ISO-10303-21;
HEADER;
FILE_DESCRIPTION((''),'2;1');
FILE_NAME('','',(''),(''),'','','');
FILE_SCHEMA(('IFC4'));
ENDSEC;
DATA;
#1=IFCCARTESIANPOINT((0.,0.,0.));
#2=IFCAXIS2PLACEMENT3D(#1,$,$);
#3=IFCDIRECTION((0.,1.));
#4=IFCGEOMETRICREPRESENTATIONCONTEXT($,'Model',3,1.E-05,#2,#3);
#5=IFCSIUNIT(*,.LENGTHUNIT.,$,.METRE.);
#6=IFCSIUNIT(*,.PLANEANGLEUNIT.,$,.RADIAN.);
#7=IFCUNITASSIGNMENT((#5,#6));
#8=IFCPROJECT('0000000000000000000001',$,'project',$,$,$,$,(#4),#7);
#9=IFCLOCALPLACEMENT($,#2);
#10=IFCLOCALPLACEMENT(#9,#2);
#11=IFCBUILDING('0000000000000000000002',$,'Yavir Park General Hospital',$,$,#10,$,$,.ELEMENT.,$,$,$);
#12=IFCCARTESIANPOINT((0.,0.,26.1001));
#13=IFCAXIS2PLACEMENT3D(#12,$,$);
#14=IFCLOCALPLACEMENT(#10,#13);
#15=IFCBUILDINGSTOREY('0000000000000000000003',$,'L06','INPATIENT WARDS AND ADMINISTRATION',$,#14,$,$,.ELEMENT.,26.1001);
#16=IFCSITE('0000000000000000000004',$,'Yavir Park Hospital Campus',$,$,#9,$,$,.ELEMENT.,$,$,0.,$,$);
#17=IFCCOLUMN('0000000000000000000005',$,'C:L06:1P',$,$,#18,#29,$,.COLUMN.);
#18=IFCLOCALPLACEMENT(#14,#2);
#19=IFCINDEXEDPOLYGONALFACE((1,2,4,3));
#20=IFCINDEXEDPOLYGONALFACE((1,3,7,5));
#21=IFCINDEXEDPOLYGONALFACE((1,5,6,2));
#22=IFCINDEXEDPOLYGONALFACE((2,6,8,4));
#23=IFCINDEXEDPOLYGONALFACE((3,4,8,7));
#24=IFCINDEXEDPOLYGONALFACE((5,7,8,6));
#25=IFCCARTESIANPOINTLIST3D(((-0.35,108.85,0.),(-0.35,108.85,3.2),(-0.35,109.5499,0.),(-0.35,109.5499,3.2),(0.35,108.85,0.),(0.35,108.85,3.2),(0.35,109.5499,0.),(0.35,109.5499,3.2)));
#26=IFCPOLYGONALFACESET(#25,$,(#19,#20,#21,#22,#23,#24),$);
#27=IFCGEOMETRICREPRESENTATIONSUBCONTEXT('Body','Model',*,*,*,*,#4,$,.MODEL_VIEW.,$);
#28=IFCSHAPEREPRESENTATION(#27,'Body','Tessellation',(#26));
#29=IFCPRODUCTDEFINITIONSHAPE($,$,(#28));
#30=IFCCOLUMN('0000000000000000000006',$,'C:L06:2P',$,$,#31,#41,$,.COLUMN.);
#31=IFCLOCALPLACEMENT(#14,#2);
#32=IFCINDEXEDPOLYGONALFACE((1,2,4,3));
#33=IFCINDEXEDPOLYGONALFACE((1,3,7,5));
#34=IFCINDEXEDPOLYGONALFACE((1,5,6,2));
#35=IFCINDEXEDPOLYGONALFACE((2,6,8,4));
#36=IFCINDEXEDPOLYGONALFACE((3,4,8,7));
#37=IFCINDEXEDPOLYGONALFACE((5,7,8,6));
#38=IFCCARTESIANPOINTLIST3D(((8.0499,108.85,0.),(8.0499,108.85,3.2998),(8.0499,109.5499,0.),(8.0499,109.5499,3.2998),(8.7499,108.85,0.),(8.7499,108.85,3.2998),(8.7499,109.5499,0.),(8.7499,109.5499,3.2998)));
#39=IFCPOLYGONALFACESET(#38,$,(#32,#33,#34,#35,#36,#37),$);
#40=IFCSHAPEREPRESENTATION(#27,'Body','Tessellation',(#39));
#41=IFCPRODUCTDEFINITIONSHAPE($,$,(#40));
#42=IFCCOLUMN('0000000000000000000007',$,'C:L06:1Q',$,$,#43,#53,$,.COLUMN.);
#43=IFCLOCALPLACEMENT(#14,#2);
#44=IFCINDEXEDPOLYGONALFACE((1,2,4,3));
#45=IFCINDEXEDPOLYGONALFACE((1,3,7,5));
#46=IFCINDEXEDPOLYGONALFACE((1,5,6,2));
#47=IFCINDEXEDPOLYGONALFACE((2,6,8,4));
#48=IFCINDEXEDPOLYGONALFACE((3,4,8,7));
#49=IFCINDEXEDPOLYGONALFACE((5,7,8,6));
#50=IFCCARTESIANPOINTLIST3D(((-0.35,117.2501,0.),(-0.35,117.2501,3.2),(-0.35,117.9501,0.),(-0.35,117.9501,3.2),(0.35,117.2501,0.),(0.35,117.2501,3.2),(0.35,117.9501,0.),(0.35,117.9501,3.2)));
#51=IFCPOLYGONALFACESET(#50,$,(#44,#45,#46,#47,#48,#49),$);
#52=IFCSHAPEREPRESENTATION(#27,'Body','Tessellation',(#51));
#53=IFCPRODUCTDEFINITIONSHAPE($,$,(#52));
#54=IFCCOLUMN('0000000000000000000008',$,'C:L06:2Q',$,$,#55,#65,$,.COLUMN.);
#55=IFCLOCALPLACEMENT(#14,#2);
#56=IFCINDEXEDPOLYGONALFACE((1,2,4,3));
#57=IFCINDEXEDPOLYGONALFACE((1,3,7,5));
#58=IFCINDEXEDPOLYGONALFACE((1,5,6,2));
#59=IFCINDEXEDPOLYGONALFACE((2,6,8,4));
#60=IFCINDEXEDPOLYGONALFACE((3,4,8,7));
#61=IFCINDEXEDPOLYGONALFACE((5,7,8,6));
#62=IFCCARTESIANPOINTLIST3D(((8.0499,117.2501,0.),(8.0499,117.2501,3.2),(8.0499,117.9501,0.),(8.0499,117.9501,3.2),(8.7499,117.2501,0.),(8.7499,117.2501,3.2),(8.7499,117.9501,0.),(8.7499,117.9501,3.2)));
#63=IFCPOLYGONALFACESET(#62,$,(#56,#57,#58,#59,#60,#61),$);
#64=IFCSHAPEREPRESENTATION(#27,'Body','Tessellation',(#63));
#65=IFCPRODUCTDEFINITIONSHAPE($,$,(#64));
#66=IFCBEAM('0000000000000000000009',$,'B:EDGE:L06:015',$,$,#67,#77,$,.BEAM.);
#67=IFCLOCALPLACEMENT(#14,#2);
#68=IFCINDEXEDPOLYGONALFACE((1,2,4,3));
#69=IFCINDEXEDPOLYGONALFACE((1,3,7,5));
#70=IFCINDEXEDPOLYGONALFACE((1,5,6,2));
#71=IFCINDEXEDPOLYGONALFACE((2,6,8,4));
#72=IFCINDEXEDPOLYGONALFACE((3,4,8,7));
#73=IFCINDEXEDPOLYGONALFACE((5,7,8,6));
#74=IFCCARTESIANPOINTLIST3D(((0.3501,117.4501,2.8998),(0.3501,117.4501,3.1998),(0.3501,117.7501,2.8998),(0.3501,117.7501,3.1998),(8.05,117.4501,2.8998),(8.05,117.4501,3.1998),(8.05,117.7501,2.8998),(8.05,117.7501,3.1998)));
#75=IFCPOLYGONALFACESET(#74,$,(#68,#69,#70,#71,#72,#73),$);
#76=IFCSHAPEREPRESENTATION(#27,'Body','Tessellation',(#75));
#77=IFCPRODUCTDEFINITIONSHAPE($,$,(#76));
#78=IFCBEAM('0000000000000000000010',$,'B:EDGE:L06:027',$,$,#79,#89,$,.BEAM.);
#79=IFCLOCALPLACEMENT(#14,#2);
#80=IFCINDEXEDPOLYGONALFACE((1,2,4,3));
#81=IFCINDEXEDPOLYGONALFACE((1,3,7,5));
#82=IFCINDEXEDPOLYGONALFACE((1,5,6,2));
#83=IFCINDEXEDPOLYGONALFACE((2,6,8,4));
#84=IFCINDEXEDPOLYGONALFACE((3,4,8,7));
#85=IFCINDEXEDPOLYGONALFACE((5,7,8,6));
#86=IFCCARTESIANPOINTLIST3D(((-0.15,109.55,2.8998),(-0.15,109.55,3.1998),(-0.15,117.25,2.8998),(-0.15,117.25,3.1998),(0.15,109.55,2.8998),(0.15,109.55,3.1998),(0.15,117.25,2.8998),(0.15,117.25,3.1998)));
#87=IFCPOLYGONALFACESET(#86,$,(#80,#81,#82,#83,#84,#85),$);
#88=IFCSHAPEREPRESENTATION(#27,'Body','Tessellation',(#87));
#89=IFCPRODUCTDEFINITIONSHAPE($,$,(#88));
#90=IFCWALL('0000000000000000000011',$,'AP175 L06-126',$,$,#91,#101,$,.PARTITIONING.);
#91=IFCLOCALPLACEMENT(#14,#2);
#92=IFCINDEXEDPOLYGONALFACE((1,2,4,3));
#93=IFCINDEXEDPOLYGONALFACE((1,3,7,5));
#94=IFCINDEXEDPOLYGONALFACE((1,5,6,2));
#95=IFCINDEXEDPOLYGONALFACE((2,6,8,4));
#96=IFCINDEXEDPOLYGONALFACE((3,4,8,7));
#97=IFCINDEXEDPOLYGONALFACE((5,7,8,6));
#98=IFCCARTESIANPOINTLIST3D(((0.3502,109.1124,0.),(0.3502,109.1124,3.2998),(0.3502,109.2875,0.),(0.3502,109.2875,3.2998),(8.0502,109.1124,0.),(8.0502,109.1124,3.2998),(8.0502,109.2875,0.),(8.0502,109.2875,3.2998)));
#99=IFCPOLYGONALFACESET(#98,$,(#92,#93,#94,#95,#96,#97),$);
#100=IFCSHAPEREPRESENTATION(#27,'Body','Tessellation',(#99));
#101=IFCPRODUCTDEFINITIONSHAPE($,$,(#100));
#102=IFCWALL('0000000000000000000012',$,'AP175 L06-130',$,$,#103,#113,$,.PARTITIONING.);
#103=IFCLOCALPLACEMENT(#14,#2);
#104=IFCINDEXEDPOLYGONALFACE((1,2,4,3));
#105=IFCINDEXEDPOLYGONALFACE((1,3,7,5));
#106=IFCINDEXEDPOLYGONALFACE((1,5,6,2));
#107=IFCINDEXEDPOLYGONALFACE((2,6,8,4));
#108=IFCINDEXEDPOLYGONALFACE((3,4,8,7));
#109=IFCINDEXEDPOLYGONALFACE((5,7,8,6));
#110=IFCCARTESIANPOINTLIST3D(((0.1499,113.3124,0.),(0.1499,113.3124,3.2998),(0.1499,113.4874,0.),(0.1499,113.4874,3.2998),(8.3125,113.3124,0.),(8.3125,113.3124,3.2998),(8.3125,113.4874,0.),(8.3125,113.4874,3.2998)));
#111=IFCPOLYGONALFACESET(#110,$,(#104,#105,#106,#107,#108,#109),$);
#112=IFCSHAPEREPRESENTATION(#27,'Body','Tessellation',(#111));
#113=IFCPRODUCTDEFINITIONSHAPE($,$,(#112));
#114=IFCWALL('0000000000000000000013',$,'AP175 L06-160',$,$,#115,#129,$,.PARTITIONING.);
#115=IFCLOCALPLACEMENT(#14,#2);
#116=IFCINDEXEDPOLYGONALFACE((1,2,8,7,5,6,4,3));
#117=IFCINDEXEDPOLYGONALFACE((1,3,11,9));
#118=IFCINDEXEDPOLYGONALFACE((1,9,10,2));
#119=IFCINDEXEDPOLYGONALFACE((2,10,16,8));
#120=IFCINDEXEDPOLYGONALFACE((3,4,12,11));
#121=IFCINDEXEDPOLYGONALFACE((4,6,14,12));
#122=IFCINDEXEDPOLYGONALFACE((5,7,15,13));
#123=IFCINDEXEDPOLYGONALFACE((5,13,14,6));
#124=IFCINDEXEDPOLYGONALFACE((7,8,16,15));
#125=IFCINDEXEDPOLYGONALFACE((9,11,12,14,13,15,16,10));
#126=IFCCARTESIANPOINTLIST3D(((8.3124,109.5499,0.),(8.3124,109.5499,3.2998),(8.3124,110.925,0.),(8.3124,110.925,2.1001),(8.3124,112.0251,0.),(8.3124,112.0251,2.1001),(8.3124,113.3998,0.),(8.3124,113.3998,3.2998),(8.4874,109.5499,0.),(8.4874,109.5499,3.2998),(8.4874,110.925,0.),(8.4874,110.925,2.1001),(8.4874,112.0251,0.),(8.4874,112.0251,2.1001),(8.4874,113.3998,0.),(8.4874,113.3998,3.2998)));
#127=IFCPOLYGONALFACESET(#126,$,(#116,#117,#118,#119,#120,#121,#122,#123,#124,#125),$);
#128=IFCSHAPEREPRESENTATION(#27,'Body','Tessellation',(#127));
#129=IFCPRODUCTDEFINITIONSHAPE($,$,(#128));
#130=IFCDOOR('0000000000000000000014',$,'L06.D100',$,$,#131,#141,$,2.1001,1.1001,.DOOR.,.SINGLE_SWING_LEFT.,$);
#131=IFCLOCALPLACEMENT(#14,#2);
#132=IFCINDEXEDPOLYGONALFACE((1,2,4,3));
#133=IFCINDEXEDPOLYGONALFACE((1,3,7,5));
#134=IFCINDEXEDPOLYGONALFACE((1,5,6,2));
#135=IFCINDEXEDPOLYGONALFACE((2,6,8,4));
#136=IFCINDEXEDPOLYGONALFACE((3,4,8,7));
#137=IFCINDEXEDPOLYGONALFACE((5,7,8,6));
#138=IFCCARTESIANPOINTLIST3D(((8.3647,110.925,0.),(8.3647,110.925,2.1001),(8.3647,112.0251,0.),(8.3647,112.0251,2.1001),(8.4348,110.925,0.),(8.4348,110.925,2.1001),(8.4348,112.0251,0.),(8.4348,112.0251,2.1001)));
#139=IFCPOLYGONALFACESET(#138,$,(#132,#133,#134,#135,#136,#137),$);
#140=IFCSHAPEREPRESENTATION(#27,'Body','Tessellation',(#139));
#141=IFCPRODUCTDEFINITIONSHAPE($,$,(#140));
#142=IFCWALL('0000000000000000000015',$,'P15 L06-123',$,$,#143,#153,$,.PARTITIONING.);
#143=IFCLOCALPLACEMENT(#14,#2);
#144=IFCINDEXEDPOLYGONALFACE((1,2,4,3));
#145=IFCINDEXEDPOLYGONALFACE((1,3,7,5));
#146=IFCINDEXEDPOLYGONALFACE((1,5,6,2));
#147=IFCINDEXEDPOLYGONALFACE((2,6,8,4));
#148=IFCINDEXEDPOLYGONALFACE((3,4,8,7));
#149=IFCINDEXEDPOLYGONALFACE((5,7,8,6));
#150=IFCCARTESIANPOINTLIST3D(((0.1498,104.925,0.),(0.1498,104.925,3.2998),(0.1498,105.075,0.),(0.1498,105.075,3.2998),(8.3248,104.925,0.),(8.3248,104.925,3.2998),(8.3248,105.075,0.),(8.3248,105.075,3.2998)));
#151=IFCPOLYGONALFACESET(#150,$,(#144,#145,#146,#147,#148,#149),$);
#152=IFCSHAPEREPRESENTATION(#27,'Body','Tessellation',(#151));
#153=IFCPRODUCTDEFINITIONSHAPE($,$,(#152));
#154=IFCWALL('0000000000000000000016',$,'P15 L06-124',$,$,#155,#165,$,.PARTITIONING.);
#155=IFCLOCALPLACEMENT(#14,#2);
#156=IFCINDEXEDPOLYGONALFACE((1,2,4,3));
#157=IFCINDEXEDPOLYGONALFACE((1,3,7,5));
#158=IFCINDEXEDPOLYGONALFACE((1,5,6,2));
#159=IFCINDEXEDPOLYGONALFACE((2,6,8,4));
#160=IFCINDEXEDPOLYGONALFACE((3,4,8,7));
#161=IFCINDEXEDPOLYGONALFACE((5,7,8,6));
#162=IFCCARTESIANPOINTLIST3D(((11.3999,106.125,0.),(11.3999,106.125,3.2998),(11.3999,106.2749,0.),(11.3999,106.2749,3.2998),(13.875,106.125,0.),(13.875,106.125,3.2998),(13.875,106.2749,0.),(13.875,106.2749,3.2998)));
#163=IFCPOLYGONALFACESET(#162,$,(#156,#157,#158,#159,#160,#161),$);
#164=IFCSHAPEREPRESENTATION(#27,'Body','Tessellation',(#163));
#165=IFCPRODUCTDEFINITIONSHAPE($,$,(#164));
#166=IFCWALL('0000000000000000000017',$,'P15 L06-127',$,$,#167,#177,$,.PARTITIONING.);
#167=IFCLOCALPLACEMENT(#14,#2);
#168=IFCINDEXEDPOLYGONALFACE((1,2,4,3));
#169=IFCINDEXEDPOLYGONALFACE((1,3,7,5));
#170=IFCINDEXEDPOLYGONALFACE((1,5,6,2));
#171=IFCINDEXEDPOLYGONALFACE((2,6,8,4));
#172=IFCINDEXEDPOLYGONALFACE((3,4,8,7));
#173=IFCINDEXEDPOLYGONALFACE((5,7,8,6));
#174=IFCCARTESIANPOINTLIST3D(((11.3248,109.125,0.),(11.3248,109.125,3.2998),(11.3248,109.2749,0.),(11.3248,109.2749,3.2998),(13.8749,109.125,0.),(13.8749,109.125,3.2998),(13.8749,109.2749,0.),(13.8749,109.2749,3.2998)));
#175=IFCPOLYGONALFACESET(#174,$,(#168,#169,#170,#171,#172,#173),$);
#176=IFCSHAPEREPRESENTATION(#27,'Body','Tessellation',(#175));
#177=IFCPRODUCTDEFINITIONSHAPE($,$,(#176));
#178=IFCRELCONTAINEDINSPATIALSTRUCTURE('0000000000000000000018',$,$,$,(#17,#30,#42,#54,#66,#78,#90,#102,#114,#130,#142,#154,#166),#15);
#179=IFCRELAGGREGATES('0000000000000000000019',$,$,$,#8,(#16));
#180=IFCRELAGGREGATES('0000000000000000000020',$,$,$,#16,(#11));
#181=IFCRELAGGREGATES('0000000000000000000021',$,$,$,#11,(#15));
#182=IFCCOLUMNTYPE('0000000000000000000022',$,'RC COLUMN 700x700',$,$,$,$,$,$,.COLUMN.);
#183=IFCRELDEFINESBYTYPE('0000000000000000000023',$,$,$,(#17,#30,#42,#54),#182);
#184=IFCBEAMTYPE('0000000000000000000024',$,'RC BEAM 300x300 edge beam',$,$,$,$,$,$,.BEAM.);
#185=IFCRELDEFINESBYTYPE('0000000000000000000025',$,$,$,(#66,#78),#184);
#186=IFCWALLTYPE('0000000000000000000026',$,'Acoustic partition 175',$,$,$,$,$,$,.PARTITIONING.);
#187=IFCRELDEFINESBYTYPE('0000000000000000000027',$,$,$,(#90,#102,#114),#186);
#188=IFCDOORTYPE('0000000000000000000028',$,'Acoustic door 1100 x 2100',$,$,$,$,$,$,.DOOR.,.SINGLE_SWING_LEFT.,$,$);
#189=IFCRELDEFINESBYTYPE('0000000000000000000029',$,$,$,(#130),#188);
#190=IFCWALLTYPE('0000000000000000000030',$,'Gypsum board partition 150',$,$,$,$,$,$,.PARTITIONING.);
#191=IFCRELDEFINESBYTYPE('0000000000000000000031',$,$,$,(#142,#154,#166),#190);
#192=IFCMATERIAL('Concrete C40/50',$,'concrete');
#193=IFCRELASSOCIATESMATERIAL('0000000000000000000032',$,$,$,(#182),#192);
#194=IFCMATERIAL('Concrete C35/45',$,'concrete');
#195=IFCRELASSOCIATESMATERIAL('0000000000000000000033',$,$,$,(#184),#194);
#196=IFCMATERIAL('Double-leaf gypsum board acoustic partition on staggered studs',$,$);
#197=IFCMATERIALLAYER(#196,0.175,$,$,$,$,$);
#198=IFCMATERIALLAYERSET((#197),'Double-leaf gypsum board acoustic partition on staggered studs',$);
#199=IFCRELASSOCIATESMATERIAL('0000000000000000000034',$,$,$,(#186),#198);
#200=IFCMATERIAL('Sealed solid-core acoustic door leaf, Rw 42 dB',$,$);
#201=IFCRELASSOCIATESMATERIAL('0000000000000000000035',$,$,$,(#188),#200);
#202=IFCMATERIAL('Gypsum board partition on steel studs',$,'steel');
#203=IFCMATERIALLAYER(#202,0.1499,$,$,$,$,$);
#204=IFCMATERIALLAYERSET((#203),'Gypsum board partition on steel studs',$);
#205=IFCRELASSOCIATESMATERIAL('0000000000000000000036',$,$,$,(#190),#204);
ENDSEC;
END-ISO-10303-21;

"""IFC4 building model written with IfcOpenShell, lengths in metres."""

from ifc_helpers import new_model, si_unit, direction, frame, frame_2d, origin, origin_2d, place, context, subcontext, project, spatial, rectangle, extrude, material, layer, layer_set, material_profile, profile_set, type_object, element, fill, save


model = new_model("IFC4")

# Units and contexts
model_context = context("Model", 3, precision=1e-05, world=origin(), true_north=direction((0.0, 1.0)))
body_context = subcontext(model_context, "Body", "Model", "MODEL_VIEW")
ifc_project = project(units=[si_unit("LENGTHUNIT", "METRE"), si_unit("PLANEANGLEUNIT", "RADIAN")], contexts=[model_context])

# Site, building, storey
site_placement = place(None, origin())
site = spatial("IfcSite", under=ifc_project, at=site_placement, Name="Yavir Park Hospital Campus", CompositionType="ELEMENT", RefElevation=0.0)
building_placement = place(site_placement, origin())
building = spatial("IfcBuilding", under=site, at=building_placement, Name="Yavir Park General Hospital", CompositionType="ELEMENT")
storey_placement = place(building_placement, frame((0.0, 0.0, 26.1001)))
storey = spatial("IfcBuildingStorey", under=building, at=storey_placement, Name="L06", Description="INPATIENT WARDS AND ADMINISTRATION", CompositionType="ELEMENT", Elevation=26.1001)

# Columns
ifc_material_1 = material(Name="Concrete C40/50", Category="concrete")
ifc_material_profile_1 = material_profile(ifc_material_1, rectangle(XDim=0.7, YDim=0.7, at=origin_2d()), Name="RC700x700")
ifc_profile_set_1 = profile_set([ifc_material_profile_1], Name="Concrete C40/50")
column_type = type_object("IfcColumnType", Name="RC COLUMN 700x700", PredefinedType="COLUMN", material=ifc_profile_set_1)
column_1_placement = place(storey_placement, frame((0.0, 109.2, 0.0), z_axis=(0.0, 0.0, 1.0), x_axis=(1.0, 0.0, 0.0)))
element("IfcColumn", 1, at=column_1_placement, inside=storey, type_object=column_type, Name="C:L06:1P", PredefinedType="COLUMN", context=body_context, shape_type="SweptSolid", body=[
    extrude(rectangle(XDim=0.7, YDim=0.7, at=origin_2d()), origin(), (0.0, 0.0, 1.0), 3.2),
])
column_2_placement = place(storey_placement, frame((8.3999, 109.2, 0.0), z_axis=(0.0, 0.0, 1.0), x_axis=(1.0, 0.0, 0.0)))
element("IfcColumn", 2, at=column_2_placement, inside=storey, type_object=column_type, Name="C:L06:2P", PredefinedType="COLUMN", context=body_context, shape_type="SweptSolid", body=[
    extrude(rectangle(XDim=0.7, YDim=0.7, at=origin_2d()), origin(), (0.0, 0.0, 1.0), 3.2998),
])
for number, where, z_axis, x_axis, name in (
    (3, (0.0, 117.6001, 0.0), (0.0, 0.0, 1.0), (1.0, 0.0, 0.0), "C:L06:1Q"),
    (4, (8.3999, 117.6001, 0.0), (0.0, 0.0, 1.0), (1.0, 0.0, 0.0), "C:L06:2Q"),
):
    element("IfcColumn", number, at=place(storey_placement, frame(where, z_axis=z_axis, x_axis=x_axis)), inside=storey, type_object=column_type, Name=name, PredefinedType="COLUMN", context=body_context, shape_type="SweptSolid", body=[
        extrude(rectangle(XDim=0.7, YDim=0.7, at=origin_2d()), origin(), (0.0, 0.0, 1.0), 3.2),
    ])

# Beams
ifc_material_2 = material(Name="Concrete C35/45", Category="concrete")
ifc_material_profile_2 = material_profile(ifc_material_2, rectangle(XDim=0.3, YDim=0.3, at=origin_2d()), Name="RC300x300")
ifc_profile_set_2 = profile_set([ifc_material_profile_2], Name="Concrete C35/45")
beam_type = type_object("IfcBeamType", Name="RC BEAM 300x300 edge beam", PredefinedType="BEAM", material=ifc_profile_set_2)
for number, where, z_axis, x_axis, name in (
    (5, (0.3501, 117.6001, 3.0498), (1.0, 0.0, 0.0), (0.0, 1.0, 0.0), "B:EDGE:L06:015"),
    (6, (0.0, 109.55, 3.0498), (0.0, 1.0, 0.0), (-1.0, 0.0, 0.0), "B:EDGE:L06:027"),
):
    element("IfcBeam", number, at=place(storey_placement, frame(where, z_axis=z_axis, x_axis=x_axis)), inside=storey, type_object=beam_type, Name=name, PredefinedType="BEAM", context=body_context, shape_type="SweptSolid", body=[
        extrude(rectangle(XDim=0.3, YDim=0.3, at=origin_2d()), origin(), (0.0, 0.0, 1.0), 7.7),
    ])

# Walls
ifc_material_3 = material(Name="Double-leaf gypsum board acoustic partition on staggered studs")
ifc_layer_1 = layer(ifc_material_3, 0.175)
ifc_layer_set_1 = layer_set([ifc_layer_1], Name="Double-leaf gypsum board acoustic partition on staggered studs")
wall_type_1 = type_object("IfcWallType", Name="Acoustic partition 175", PredefinedType="PARTITIONING", material=ifc_layer_set_1)
wall_1_placement = place(storey_placement, frame((0.3501, 109.2, 0.0), z_axis=(0.0, 0.0, 1.0), x_axis=(1.0, 0.0, 0.0)))
element("IfcWall", 7, at=wall_1_placement, inside=storey, type_object=wall_type_1, Name="AP175 L06-126", PredefinedType="PARTITIONING", context=body_context, shape_type="SweptSolid", body=[
    extrude(rectangle(XDim=7.7, YDim=0.175, at=frame_2d((3.8501, 0.0))), origin(), (0.0, 0.0, 1.0), 3.2998),
])
wall_2_placement = place(storey_placement, frame((0.1499, 113.3999, 0.0), z_axis=(0.0, 0.0, 1.0), x_axis=(1.0, 0.0, 0.0)))
element("IfcWall", 8, at=wall_2_placement, inside=storey, type_object=wall_type_1, Name="AP175 L06-130", PredefinedType="PARTITIONING", context=body_context, shape_type="SweptSolid", body=[
    extrude(rectangle(XDim=8.1626, YDim=0.175, at=frame_2d((4.0813, 0.0))), origin(), (0.0, 0.0, 1.0), 3.2998),
])

# Wall, opening, door
wall_3_placement = place(storey_placement, frame((8.3999, 109.55, 0.0), z_axis=(0.0, 0.0, 1.0), x_axis=(0.0, 1.0, 0.0)))
wall_3 = element("IfcWall", 9, at=wall_3_placement, inside=storey, type_object=wall_type_1, Name="AP175 L06-160", PredefinedType="PARTITIONING", context=body_context, shape_type="SweptSolid", body=[
    extrude(rectangle(XDim=3.8499, YDim=0.175, at=frame_2d((1.9248, 0.0))), origin(), (0.0, 0.0, 1.0), 3.2998),
])
opening_1_placement = place(wall_3_placement, frame((1.375, 0.0, 0.0)))
opening_1 = element("IfcOpeningElement", 10, at=opening_1_placement, cuts=wall_3, PredefinedType="OPENING", context=body_context, shape_type="SweptSolid", body=[
    extrude(rectangle(XDim=1.1001, YDim=2.1001, at=frame_2d((0.55, 1.05))), frame((0.0, 0.0974, 0.0), z_axis=(0.0, -1.0, 0.0), x_axis=(1.0, 0.0, 0.0)), (0.0, 0.0, 1.0), 0.1951),
])
ifc_material_4 = material(Name="Sealed solid-core acoustic door leaf, Rw 42 dB")
door_type_1 = type_object("IfcDoorType", Name="Acoustic door 1100 x 2100", OperationType="SINGLE_SWING_LEFT", PredefinedType="DOOR", material=ifc_material_4)
door_1_placement = place(opening_1_placement, origin())
door_1 = element("IfcDoor", 11, at=door_1_placement, inside=storey, type_object=door_type_1, Name="L06.D100", OperationType="SINGLE_SWING_LEFT", OverallHeight=2.1001, OverallWidth=1.1001, PredefinedType="DOOR", context=body_context, shape_type="SweptSolid", body=[
    extrude(rectangle(XDim=1.1001, YDim=2.1001, at=frame_2d((0.55, 1.05))), frame((0.0, 0.0352, 0.0), z_axis=(0.0, -1.0, 0.0), x_axis=(1.0, 0.0, 0.0)), (0.0, 0.0, 1.0), 0.0701),
])
fill(opening_1, door_1)

# Walls
ifc_material_5 = material(Name="Gypsum board partition on steel studs", Category="steel")
ifc_layer_2 = layer(ifc_material_5, 0.1499)
ifc_layer_set_2 = layer_set([ifc_layer_2], Name="Gypsum board partition on steel studs")
wall_type_2 = type_object("IfcWallType", Name="Gypsum board partition 150", PredefinedType="PARTITIONING", material=ifc_layer_set_2)
wall_4_placement = place(storey_placement, frame((0.1499, 105.0, 0.0), z_axis=(0.0, 0.0, 1.0), x_axis=(1.0, 0.0, 0.0)))
element("IfcWall", 12, at=wall_4_placement, inside=storey, type_object=wall_type_2, Name="P15 L06-123", PredefinedType="PARTITIONING", context=body_context, shape_type="SweptSolid", body=[
    extrude(rectangle(XDim=8.175, YDim=0.1499, at=frame_2d((4.0874, 0.0))), origin(), (0.0, 0.0, 1.0), 3.2998),
])
wall_5_placement = place(storey_placement, frame((11.3999, 106.2, 0.0), z_axis=(0.0, 0.0, 1.0), x_axis=(1.0, 0.0, 0.0)))
element("IfcWall", 13, at=wall_5_placement, inside=storey, type_object=wall_type_2, Name="P15 L06-124", PredefinedType="PARTITIONING", context=body_context, shape_type="SweptSolid", body=[
    extrude(rectangle(XDim=2.4751, YDim=0.1499, at=frame_2d((1.2375, 0.0))), origin(), (0.0, 0.0, 1.0), 3.2998),
])
wall_6_placement = place(storey_placement, frame((11.325, 109.2, 0.0), z_axis=(0.0, 0.0, 1.0), x_axis=(1.0, 0.0, 0.0)))
element("IfcWall", 14, at=wall_6_placement, inside=storey, type_object=wall_type_2, Name="P15 L06-127", PredefinedType="PARTITIONING", context=body_context, shape_type="SweptSolid", body=[
    extrude(rectangle(XDim=2.55, YDim=0.1499, at=frame_2d((1.2749, 0.0))), origin(), (0.0, 0.0, 1.0), 3.2998),
])

save(model, "model.ifc")
